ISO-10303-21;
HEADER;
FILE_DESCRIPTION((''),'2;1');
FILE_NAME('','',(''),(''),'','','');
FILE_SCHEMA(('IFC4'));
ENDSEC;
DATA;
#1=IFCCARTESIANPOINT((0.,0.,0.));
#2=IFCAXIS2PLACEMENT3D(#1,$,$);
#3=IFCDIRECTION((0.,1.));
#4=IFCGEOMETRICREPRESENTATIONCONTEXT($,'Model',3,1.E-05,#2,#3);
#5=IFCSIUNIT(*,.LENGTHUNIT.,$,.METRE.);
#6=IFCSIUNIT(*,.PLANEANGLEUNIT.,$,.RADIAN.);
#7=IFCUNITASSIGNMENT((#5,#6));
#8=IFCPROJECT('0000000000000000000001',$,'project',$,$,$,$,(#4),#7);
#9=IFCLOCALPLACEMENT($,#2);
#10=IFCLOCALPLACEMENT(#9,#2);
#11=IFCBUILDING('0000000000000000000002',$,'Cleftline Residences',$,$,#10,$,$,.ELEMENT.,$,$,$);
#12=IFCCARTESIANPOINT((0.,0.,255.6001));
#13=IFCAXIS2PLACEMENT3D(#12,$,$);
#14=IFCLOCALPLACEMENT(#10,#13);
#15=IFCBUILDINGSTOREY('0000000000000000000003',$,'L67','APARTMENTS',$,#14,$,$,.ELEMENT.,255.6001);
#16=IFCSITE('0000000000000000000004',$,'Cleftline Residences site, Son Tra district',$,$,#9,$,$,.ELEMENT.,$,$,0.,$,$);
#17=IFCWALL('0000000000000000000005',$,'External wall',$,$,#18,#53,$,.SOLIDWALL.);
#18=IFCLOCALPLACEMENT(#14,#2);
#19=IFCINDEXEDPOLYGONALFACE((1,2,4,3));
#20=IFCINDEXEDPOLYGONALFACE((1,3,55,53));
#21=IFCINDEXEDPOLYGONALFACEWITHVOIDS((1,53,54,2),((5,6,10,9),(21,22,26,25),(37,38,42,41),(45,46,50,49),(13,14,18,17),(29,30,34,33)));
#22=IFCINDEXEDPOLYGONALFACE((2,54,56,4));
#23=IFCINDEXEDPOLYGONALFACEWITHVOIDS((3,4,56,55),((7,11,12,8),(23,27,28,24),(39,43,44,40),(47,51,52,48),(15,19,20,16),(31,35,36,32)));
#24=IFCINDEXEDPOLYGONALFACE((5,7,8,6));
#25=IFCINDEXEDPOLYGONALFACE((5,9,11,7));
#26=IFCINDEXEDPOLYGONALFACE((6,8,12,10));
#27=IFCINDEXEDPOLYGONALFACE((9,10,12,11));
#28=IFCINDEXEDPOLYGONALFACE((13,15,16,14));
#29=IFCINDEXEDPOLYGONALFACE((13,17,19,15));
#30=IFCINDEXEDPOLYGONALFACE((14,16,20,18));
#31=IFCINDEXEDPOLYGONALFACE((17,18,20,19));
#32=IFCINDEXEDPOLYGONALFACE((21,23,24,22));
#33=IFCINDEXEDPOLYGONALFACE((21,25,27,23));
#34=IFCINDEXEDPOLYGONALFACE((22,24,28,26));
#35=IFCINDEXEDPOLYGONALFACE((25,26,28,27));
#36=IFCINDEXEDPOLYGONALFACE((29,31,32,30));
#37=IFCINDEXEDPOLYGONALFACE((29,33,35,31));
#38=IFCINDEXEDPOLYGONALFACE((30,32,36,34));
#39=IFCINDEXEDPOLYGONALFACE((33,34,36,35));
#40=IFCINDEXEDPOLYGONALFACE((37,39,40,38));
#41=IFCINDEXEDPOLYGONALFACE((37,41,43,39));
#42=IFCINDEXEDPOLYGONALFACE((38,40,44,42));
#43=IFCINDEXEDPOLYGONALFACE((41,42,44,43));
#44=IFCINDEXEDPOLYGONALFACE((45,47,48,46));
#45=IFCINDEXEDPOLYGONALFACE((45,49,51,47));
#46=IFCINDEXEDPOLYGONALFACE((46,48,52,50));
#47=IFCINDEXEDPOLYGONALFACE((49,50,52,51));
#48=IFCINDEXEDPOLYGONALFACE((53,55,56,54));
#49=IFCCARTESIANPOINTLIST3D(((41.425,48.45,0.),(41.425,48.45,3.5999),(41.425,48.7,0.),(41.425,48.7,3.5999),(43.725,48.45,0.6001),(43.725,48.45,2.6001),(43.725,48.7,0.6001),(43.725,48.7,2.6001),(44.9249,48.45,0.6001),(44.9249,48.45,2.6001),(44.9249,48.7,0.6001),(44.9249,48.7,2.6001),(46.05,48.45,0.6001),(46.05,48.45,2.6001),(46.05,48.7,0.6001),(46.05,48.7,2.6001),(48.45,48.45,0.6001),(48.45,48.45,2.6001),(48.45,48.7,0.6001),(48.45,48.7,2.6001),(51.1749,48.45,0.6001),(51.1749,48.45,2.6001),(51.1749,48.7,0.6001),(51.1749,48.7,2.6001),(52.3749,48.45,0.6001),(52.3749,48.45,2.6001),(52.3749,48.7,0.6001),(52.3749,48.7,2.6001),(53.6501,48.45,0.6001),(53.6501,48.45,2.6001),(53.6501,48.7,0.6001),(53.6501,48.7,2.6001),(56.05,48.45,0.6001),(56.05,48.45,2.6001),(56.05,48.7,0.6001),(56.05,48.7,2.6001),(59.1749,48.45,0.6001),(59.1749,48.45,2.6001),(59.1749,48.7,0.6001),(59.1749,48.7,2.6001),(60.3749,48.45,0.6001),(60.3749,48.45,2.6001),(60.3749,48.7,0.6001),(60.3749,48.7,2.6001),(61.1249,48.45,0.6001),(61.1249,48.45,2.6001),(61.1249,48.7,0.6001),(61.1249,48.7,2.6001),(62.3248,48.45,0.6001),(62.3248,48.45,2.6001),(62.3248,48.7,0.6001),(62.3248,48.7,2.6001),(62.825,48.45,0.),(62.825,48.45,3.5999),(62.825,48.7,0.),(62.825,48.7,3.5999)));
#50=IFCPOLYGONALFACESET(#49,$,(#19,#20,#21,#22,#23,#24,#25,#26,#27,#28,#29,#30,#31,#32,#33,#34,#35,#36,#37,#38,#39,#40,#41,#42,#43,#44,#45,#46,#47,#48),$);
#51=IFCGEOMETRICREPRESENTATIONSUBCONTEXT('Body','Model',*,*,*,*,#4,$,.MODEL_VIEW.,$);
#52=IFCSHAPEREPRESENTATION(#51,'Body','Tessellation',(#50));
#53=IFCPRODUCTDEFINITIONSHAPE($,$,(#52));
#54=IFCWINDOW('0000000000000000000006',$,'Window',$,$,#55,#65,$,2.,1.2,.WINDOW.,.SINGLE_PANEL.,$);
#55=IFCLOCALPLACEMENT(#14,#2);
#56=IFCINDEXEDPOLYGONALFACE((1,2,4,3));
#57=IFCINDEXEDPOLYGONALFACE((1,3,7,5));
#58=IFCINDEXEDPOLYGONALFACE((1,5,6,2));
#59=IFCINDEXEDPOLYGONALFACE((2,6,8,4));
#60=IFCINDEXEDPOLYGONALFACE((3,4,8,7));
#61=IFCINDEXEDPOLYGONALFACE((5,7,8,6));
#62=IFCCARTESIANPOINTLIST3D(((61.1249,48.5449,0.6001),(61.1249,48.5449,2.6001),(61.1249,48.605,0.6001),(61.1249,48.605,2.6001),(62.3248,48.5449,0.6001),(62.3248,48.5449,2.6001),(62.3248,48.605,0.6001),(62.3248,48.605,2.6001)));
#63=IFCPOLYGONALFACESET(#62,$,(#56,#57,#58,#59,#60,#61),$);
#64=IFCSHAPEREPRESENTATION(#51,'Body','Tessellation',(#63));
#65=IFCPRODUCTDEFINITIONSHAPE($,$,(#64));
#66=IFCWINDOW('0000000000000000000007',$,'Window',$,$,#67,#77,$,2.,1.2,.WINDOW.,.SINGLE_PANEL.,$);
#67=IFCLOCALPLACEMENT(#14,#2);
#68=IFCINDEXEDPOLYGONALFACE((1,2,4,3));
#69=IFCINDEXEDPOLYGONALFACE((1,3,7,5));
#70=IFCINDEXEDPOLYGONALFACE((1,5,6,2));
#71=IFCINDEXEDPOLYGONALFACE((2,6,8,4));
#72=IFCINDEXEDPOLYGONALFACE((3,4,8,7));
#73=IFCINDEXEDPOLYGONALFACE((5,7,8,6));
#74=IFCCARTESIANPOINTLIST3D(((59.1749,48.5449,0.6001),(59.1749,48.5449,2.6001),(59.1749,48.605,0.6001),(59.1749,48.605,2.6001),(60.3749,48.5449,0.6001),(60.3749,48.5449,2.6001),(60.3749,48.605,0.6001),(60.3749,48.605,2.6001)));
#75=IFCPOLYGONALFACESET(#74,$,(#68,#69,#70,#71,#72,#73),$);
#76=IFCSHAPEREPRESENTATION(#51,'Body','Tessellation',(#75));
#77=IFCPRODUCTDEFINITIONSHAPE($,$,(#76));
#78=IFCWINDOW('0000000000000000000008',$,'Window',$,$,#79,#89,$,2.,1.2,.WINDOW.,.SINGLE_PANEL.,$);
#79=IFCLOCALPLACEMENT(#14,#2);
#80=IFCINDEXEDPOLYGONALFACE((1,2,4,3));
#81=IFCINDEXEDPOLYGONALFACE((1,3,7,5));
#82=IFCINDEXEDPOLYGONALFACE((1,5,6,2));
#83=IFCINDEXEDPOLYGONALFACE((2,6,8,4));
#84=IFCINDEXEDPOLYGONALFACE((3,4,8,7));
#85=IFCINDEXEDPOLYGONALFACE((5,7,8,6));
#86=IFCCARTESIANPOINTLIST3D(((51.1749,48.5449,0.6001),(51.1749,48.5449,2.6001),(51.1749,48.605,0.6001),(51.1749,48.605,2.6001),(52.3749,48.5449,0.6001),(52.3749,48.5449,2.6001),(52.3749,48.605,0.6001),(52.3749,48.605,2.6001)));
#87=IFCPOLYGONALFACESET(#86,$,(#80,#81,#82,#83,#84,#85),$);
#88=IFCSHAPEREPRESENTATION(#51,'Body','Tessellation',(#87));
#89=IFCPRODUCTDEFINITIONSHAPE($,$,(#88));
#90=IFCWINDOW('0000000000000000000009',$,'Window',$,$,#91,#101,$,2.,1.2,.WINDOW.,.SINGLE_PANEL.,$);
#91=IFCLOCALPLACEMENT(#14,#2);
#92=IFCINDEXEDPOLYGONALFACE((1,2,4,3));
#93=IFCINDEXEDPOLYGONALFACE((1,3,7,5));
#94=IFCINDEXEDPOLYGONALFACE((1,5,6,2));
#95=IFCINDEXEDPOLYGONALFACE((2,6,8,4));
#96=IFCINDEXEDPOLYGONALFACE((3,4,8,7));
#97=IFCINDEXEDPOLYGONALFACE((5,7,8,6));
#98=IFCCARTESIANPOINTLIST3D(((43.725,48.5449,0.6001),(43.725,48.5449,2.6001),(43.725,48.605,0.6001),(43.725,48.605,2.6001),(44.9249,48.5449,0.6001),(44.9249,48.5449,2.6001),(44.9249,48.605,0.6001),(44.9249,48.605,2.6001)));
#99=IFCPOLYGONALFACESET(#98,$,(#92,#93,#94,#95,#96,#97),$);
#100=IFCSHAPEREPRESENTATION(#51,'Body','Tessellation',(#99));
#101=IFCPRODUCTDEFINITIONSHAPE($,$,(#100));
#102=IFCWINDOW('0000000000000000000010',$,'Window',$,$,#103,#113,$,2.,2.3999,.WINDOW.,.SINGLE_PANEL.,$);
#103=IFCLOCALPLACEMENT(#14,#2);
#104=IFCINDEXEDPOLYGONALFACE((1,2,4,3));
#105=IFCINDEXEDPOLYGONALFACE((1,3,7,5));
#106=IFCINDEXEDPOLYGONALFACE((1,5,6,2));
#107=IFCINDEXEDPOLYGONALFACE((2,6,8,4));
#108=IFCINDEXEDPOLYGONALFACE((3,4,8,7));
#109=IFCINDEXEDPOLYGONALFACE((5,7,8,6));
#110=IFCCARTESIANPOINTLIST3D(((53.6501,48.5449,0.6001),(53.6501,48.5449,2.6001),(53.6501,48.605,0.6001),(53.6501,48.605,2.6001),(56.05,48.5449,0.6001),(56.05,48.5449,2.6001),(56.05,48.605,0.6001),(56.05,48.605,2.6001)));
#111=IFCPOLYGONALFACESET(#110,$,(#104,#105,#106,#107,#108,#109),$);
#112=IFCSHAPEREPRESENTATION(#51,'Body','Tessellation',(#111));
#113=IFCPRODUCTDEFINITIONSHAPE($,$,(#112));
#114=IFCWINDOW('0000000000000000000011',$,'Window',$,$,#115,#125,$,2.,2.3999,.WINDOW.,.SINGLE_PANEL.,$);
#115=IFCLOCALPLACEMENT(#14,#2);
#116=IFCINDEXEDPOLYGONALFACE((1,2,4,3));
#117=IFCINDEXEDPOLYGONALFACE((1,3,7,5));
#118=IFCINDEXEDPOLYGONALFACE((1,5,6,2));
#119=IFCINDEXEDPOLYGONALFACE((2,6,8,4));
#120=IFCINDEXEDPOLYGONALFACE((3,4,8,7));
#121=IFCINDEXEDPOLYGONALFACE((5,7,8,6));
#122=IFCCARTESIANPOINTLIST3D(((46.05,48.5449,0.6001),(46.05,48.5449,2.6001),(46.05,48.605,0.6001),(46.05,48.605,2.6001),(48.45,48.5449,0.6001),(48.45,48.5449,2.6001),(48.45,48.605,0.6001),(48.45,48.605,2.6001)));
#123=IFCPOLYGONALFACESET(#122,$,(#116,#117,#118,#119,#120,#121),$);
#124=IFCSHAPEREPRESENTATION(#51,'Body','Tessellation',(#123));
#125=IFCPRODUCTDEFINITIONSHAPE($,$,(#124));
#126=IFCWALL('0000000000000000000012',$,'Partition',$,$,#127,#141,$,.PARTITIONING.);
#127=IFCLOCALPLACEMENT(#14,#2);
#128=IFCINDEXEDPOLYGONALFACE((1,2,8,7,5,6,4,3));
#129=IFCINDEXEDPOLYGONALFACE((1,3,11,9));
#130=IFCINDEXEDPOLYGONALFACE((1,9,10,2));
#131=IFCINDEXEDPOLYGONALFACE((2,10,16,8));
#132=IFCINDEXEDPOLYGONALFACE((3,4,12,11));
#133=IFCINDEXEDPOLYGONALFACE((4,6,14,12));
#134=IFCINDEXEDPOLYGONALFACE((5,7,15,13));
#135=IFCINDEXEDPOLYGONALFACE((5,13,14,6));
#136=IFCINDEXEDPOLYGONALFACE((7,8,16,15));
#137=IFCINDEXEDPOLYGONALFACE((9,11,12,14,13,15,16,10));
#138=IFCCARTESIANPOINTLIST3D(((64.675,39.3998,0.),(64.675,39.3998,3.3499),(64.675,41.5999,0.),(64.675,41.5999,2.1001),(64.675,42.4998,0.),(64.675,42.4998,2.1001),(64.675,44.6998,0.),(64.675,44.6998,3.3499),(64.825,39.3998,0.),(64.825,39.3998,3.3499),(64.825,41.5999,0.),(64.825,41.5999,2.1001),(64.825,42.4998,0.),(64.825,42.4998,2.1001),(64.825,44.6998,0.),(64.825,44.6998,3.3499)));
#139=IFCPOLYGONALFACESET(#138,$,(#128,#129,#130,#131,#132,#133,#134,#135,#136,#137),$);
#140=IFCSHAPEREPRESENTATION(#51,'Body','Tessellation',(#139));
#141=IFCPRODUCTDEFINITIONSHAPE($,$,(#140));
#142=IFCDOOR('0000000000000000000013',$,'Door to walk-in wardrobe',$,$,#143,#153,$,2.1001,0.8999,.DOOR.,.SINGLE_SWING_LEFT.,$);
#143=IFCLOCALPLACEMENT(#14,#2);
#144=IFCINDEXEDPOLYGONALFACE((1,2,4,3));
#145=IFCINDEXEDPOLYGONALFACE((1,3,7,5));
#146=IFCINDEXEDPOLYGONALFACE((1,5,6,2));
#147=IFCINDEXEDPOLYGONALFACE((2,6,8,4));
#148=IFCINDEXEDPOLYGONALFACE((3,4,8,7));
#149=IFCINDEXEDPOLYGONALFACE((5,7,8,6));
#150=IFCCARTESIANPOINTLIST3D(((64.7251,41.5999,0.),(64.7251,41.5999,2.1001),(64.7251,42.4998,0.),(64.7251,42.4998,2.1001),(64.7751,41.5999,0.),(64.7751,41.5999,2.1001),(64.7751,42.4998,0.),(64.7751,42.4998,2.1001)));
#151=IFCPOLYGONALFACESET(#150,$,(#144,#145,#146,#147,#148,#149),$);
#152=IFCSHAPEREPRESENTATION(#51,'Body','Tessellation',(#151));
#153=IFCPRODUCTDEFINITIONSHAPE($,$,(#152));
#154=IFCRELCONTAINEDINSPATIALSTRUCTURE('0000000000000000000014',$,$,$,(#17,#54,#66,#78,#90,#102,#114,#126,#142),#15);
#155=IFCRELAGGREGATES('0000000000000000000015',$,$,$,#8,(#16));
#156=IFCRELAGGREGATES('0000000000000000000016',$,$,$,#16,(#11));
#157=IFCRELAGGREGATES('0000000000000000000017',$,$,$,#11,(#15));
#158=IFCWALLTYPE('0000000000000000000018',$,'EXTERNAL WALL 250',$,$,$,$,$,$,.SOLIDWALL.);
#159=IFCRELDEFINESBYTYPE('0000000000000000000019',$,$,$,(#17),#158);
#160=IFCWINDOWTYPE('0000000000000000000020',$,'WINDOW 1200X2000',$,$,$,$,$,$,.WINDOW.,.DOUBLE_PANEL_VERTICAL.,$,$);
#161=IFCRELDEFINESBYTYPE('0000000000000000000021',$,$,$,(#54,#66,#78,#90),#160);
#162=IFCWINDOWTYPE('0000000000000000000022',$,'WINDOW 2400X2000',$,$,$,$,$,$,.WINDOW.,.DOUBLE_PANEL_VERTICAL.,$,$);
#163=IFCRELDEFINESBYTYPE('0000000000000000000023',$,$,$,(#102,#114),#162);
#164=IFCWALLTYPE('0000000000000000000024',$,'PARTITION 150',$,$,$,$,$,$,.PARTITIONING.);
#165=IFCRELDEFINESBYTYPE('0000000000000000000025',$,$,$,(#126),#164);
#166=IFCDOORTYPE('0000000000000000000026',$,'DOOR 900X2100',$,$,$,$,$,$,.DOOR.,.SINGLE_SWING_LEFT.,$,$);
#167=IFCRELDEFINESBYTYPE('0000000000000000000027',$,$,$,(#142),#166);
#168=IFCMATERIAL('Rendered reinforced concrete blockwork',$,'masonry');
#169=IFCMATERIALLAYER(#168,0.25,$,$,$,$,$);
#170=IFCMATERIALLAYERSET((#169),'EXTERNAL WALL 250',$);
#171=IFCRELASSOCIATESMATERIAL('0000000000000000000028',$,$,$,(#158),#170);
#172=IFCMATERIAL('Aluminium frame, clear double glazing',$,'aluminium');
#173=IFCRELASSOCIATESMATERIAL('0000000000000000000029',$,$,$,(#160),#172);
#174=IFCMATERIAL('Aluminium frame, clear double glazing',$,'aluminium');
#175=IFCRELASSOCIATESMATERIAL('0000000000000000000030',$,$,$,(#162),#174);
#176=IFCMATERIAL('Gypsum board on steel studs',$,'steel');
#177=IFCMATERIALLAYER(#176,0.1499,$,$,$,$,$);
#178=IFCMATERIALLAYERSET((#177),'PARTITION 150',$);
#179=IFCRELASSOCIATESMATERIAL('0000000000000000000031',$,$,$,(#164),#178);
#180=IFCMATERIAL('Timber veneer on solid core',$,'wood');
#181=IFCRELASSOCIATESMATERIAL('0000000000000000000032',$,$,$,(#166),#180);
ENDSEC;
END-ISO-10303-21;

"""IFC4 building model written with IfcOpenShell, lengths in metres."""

from ifc_helpers import new_model, si_unit, direction, frame, frame_2d, origin, place, context, subcontext, project, spatial, rectangle, extrude, material, layer, layer_set, type_object, element, fill, save


model = new_model("IFC4")

# Units and contexts
model_context = context("Model", 3, precision=1e-05, world=origin(), true_north=direction((0.0, 1.0)))
body_context = subcontext(model_context, "Body", "Model", "MODEL_VIEW")
ifc_project = project(units=[si_unit("LENGTHUNIT", "METRE"), si_unit("PLANEANGLEUNIT", "RADIAN")], contexts=[model_context])

# Site, building, storey
site_placement = place(None, origin())
site = spatial("IfcSite", under=ifc_project, at=site_placement, Name="Cleftline Residences site, Son Tra district", CompositionType="ELEMENT", RefElevation=0.0)
building_placement = place(site_placement, origin())
building = spatial("IfcBuilding", under=site, at=building_placement, Name="Cleftline Residences", CompositionType="ELEMENT")
storey_placement = place(building_placement, frame((0.0, 0.0, 255.6001)))
storey = spatial("IfcBuildingStorey", under=building, at=storey_placement, Name="L67", Description="APARTMENTS", CompositionType="ELEMENT", Elevation=255.6001)

# Shared definitions
ifc_material_1 = material(Name="Rendered reinforced concrete blockwork", Category="masonry")
ifc_layer_1 = layer(ifc_material_1, 0.25)
ifc_layer_set_1 = layer_set([ifc_layer_1], Name="EXTERNAL WALL 250")
wall_type_1 = type_object("IfcWallType", Name="EXTERNAL WALL 250", PredefinedType="SOLIDWALL", material=ifc_layer_set_1)
ifc_material_2 = material(Name="Aluminium frame, clear double glazing", Category="aluminium")
window_type_1 = type_object("IfcWindowType", Name="WINDOW 1200X2000", PartitioningType="DOUBLE_PANEL_VERTICAL", PredefinedType="WINDOW", material=ifc_material_2)

# Shared definitions
ifc_material_3 = material(Name="Aluminium frame, clear double glazing", Category="aluminium")
window_type_2 = type_object("IfcWindowType", Name="WINDOW 2400X2000", PartitioningType="DOUBLE_PANEL_VERTICAL", PredefinedType="WINDOW", material=ifc_material_3)

# Wall, openings, windows
wall_1_placement = place(storey_placement, frame((62.825, 48.575, 0.0), z_axis=(0.0, 0.0, 1.0), x_axis=(-1.0, 0.0, 0.0)))
wall_1 = element("IfcWall", 1, at=wall_1_placement, inside=storey, type_object=wall_type_1, Name="External wall", PredefinedType="SOLIDWALL", context=body_context, shape_type="SweptSolid", body=[
    extrude(rectangle(XDim=21.3999, YDim=0.25, at=frame_2d((10.7, 0.0))), origin(), (0.0, 0.0, 1.0), 3.5999),
])
opening_1_placement = place(wall_1_placement, frame((0.5, 0.0, 0.6001)))
opening_1 = element("IfcOpeningElement", 2, at=opening_1_placement, cuts=wall_1, PredefinedType="OPENING", context=body_context, shape_type="SweptSolid", body=[
    extrude(rectangle(XDim=1.2, YDim=2.0, at=frame_2d((0.6001, 1.0))), frame((0.0, 0.135, 0.0), z_axis=(0.0, -1.0, 0.0), x_axis=(1.0, 0.0, 0.0)), (0.0, 0.0, 1.0), 0.27),
])
opening_2_placement = place(wall_1_placement, frame((2.45, 0.0, 0.6001)))
opening_2 = element("IfcOpeningElement", 3, at=opening_2_placement, cuts=wall_1, PredefinedType="OPENING", context=body_context, shape_type="SweptSolid", body=[
    extrude(rectangle(XDim=1.2, YDim=2.0, at=frame_2d((0.6001, 1.0))), frame((0.0, 0.135, 0.0), z_axis=(0.0, -1.0, 0.0), x_axis=(1.0, 0.0, 0.0)), (0.0, 0.0, 1.0), 0.27),
])
opening_3_placement = place(wall_1_placement, frame((6.7749, 0.0, 0.6001)))
opening_3 = element("IfcOpeningElement", 4, at=opening_3_placement, cuts=wall_1, PredefinedType="OPENING", context=body_context, shape_type="SweptSolid", body=[
    extrude(rectangle(XDim=2.3999, YDim=2.0, at=frame_2d((1.2, 1.0))), frame((0.0, 0.135, 0.0), z_axis=(0.0, -1.0, 0.0), x_axis=(1.0, 0.0, 0.0)), (0.0, 0.0, 1.0), 0.27),
])
opening_4_placement = place(wall_1_placement, frame((10.45, 0.0, 0.6001)))
opening_4 = element("IfcOpeningElement", 5, at=opening_4_placement, cuts=wall_1, PredefinedType="OPENING", context=body_context, shape_type="SweptSolid", body=[
    extrude(rectangle(XDim=1.2, YDim=2.0, at=frame_2d((0.6001, 1.0))), frame((0.0, 0.135, 0.0), z_axis=(0.0, -1.0, 0.0), x_axis=(1.0, 0.0, 0.0)), (0.0, 0.0, 1.0), 0.27),
])
opening_5_placement = place(wall_1_placement, frame((14.375, 0.0, 0.6001)))
opening_5 = element("IfcOpeningElement", 6, at=opening_5_placement, cuts=wall_1, PredefinedType="OPENING", context=body_context, shape_type="SweptSolid", body=[
    extrude(rectangle(XDim=2.3999, YDim=2.0, at=frame_2d((1.2, 1.0))), frame((0.0, 0.135, 0.0), z_axis=(0.0, -1.0, 0.0), x_axis=(1.0, 0.0, 0.0)), (0.0, 0.0, 1.0), 0.27),
])
opening_6_placement = place(wall_1_placement, frame((17.8999, 0.0, 0.6001)))
opening_6 = element("IfcOpeningElement", 7, at=opening_6_placement, cuts=wall_1, PredefinedType="OPENING", context=body_context, shape_type="SweptSolid", body=[
    extrude(rectangle(XDim=1.2, YDim=2.0, at=frame_2d((0.6001, 1.0))), frame((0.0, 0.135, 0.0), z_axis=(0.0, -1.0, 0.0), x_axis=(1.0, 0.0, 0.0)), (0.0, 0.0, 1.0), 0.27),
])
window_1_placement = place(opening_1_placement, origin())
window_1 = element("IfcWindow", 8, at=window_1_placement, inside=storey, type_object=window_type_1, Name="Window", OverallHeight=2.0, OverallWidth=1.2, PartitioningType="SINGLE_PANEL", PredefinedType="WINDOW", context=body_context, shape_type="SweptSolid", body=[
    extrude(rectangle(XDim=1.2, YDim=2.0, at=frame_2d((0.6001, 1.0))), frame((0.0, 0.03, 0.0), z_axis=(0.0, -1.0, 0.0), x_axis=(1.0, 0.0, 0.0)), (0.0, 0.0, 1.0), 0.0601),
])
fill(opening_1, window_1)
window_2_placement = place(opening_2_placement, origin())
window_2 = element("IfcWindow", 9, at=window_2_placement, inside=storey, type_object=window_type_1, Name="Window", OverallHeight=2.0, OverallWidth=1.2, PartitioningType="SINGLE_PANEL", PredefinedType="WINDOW", context=body_context, shape_type="SweptSolid", body=[
    extrude(rectangle(XDim=1.2, YDim=2.0, at=frame_2d((0.6001, 1.0))), frame((0.0, 0.03, 0.0), z_axis=(0.0, -1.0, 0.0), x_axis=(1.0, 0.0, 0.0)), (0.0, 0.0, 1.0), 0.0601),
])
fill(opening_2, window_2)
window_3_placement = place(opening_4_placement, origin())
window_3 = element("IfcWindow", 10, at=window_3_placement, inside=storey, type_object=window_type_1, Name="Window", OverallHeight=2.0, OverallWidth=1.2, PartitioningType="SINGLE_PANEL", PredefinedType="WINDOW", context=body_context, shape_type="SweptSolid", body=[
    extrude(rectangle(XDim=1.2, YDim=2.0, at=frame_2d((0.6001, 1.0))), frame((0.0, 0.03, 0.0), z_axis=(0.0, -1.0, 0.0), x_axis=(1.0, 0.0, 0.0)), (0.0, 0.0, 1.0), 0.0601),
])
fill(opening_4, window_3)
window_4_placement = place(opening_6_placement, origin())
window_4 = element("IfcWindow", 11, at=window_4_placement, inside=storey, type_object=window_type_1, Name="Window", OverallHeight=2.0, OverallWidth=1.2, PartitioningType="SINGLE_PANEL", PredefinedType="WINDOW", context=body_context, shape_type="SweptSolid", body=[
    extrude(rectangle(XDim=1.2, YDim=2.0, at=frame_2d((0.6001, 1.0))), frame((0.0, 0.03, 0.0), z_axis=(0.0, -1.0, 0.0), x_axis=(1.0, 0.0, 0.0)), (0.0, 0.0, 1.0), 0.0601),
])
fill(opening_6, window_4)
window_5_placement = place(opening_3_placement, origin())
window_5 = element("IfcWindow", 12, at=window_5_placement, inside=storey, type_object=window_type_2, Name="Window", OverallHeight=2.0, OverallWidth=2.3999, PartitioningType="SINGLE_PANEL", PredefinedType="WINDOW", context=body_context, shape_type="SweptSolid", body=[
    extrude(rectangle(XDim=2.3999, YDim=2.0, at=frame_2d((1.2, 1.0))), frame((0.0, 0.03, 0.0), z_axis=(0.0, -1.0, 0.0), x_axis=(1.0, 0.0, 0.0)), (0.0, 0.0, 1.0), 0.0601),
])
fill(opening_3, window_5)
window_6_placement = place(opening_5_placement, origin())
window_6 = element("IfcWindow", 13, at=window_6_placement, inside=storey, type_object=window_type_2, Name="Window", OverallHeight=2.0, OverallWidth=2.3999, PartitioningType="SINGLE_PANEL", PredefinedType="WINDOW", context=body_context, shape_type="SweptSolid", body=[
    extrude(rectangle(XDim=2.3999, YDim=2.0, at=frame_2d((1.2, 1.0))), frame((0.0, 0.03, 0.0), z_axis=(0.0, -1.0, 0.0), x_axis=(1.0, 0.0, 0.0)), (0.0, 0.0, 1.0), 0.0601),
])
fill(opening_5, window_6)

# Wall, opening, door
ifc_material_4 = material(Name="Gypsum board on steel studs", Category="steel")
ifc_layer_2 = layer(ifc_material_4, 0.1499)
ifc_layer_set_2 = layer_set([ifc_layer_2], Name="PARTITION 150")
wall_type_2 = type_object("IfcWallType", Name="PARTITION 150", PredefinedType="PARTITIONING", material=ifc_layer_set_2)
wall_2_placement = place(storey_placement, frame((64.75, 39.3999, 0.0), z_axis=(0.0, 0.0, 1.0), x_axis=(0.0, 1.0, 0.0)))
wall_2 = element("IfcWall", 14, at=wall_2_placement, inside=storey, type_object=wall_type_2, Name="Partition", PredefinedType="PARTITIONING", context=body_context, shape_type="SweptSolid", body=[
    extrude(rectangle(XDim=5.3, YDim=0.1499, at=frame_2d((2.6499, 0.0))), origin(), (0.0, 0.0, 1.0), 3.3499),
])
opening_7_placement = place(wall_2_placement, frame((2.2, 0.0, 0.0)))
opening_7 = element("IfcOpeningElement", 15, at=opening_7_placement, cuts=wall_2, PredefinedType="OPENING", context=body_context, shape_type="SweptSolid", body=[
    extrude(rectangle(XDim=0.8999, YDim=2.1001, at=frame_2d((0.45, 1.05))), frame((0.0, 0.085, 0.0), z_axis=(0.0, -1.0, 0.0), x_axis=(1.0, 0.0, 0.0)), (0.0, 0.0, 1.0), 0.1699),
])
ifc_material_5 = material(Name="Timber veneer on solid core", Category="wood")
door_type = type_object("IfcDoorType", Name="DOOR 900X2100", OperationType="SINGLE_SWING_LEFT", PredefinedType="DOOR", material=ifc_material_5)
door_placement = place(opening_7_placement, origin())
door = element("IfcDoor", 16, at=door_placement, inside=storey, type_object=door_type, Name="Door to walk-in wardrobe", OperationType="SINGLE_SWING_LEFT", OverallHeight=2.1001, OverallWidth=0.8999, PredefinedType="DOOR", context=body_context, shape_type="SweptSolid", body=[
    extrude(rectangle(XDim=0.8999, YDim=2.1001, at=frame_2d((0.45, 1.05))), frame((0.0, 0.0249, 0.0), z_axis=(0.0, -1.0, 0.0), x_axis=(1.0, 0.0, 0.0)), (0.0, 0.0, 1.0), 0.05),
])
fill(opening_7, door)

save(model, "model.ifc")
